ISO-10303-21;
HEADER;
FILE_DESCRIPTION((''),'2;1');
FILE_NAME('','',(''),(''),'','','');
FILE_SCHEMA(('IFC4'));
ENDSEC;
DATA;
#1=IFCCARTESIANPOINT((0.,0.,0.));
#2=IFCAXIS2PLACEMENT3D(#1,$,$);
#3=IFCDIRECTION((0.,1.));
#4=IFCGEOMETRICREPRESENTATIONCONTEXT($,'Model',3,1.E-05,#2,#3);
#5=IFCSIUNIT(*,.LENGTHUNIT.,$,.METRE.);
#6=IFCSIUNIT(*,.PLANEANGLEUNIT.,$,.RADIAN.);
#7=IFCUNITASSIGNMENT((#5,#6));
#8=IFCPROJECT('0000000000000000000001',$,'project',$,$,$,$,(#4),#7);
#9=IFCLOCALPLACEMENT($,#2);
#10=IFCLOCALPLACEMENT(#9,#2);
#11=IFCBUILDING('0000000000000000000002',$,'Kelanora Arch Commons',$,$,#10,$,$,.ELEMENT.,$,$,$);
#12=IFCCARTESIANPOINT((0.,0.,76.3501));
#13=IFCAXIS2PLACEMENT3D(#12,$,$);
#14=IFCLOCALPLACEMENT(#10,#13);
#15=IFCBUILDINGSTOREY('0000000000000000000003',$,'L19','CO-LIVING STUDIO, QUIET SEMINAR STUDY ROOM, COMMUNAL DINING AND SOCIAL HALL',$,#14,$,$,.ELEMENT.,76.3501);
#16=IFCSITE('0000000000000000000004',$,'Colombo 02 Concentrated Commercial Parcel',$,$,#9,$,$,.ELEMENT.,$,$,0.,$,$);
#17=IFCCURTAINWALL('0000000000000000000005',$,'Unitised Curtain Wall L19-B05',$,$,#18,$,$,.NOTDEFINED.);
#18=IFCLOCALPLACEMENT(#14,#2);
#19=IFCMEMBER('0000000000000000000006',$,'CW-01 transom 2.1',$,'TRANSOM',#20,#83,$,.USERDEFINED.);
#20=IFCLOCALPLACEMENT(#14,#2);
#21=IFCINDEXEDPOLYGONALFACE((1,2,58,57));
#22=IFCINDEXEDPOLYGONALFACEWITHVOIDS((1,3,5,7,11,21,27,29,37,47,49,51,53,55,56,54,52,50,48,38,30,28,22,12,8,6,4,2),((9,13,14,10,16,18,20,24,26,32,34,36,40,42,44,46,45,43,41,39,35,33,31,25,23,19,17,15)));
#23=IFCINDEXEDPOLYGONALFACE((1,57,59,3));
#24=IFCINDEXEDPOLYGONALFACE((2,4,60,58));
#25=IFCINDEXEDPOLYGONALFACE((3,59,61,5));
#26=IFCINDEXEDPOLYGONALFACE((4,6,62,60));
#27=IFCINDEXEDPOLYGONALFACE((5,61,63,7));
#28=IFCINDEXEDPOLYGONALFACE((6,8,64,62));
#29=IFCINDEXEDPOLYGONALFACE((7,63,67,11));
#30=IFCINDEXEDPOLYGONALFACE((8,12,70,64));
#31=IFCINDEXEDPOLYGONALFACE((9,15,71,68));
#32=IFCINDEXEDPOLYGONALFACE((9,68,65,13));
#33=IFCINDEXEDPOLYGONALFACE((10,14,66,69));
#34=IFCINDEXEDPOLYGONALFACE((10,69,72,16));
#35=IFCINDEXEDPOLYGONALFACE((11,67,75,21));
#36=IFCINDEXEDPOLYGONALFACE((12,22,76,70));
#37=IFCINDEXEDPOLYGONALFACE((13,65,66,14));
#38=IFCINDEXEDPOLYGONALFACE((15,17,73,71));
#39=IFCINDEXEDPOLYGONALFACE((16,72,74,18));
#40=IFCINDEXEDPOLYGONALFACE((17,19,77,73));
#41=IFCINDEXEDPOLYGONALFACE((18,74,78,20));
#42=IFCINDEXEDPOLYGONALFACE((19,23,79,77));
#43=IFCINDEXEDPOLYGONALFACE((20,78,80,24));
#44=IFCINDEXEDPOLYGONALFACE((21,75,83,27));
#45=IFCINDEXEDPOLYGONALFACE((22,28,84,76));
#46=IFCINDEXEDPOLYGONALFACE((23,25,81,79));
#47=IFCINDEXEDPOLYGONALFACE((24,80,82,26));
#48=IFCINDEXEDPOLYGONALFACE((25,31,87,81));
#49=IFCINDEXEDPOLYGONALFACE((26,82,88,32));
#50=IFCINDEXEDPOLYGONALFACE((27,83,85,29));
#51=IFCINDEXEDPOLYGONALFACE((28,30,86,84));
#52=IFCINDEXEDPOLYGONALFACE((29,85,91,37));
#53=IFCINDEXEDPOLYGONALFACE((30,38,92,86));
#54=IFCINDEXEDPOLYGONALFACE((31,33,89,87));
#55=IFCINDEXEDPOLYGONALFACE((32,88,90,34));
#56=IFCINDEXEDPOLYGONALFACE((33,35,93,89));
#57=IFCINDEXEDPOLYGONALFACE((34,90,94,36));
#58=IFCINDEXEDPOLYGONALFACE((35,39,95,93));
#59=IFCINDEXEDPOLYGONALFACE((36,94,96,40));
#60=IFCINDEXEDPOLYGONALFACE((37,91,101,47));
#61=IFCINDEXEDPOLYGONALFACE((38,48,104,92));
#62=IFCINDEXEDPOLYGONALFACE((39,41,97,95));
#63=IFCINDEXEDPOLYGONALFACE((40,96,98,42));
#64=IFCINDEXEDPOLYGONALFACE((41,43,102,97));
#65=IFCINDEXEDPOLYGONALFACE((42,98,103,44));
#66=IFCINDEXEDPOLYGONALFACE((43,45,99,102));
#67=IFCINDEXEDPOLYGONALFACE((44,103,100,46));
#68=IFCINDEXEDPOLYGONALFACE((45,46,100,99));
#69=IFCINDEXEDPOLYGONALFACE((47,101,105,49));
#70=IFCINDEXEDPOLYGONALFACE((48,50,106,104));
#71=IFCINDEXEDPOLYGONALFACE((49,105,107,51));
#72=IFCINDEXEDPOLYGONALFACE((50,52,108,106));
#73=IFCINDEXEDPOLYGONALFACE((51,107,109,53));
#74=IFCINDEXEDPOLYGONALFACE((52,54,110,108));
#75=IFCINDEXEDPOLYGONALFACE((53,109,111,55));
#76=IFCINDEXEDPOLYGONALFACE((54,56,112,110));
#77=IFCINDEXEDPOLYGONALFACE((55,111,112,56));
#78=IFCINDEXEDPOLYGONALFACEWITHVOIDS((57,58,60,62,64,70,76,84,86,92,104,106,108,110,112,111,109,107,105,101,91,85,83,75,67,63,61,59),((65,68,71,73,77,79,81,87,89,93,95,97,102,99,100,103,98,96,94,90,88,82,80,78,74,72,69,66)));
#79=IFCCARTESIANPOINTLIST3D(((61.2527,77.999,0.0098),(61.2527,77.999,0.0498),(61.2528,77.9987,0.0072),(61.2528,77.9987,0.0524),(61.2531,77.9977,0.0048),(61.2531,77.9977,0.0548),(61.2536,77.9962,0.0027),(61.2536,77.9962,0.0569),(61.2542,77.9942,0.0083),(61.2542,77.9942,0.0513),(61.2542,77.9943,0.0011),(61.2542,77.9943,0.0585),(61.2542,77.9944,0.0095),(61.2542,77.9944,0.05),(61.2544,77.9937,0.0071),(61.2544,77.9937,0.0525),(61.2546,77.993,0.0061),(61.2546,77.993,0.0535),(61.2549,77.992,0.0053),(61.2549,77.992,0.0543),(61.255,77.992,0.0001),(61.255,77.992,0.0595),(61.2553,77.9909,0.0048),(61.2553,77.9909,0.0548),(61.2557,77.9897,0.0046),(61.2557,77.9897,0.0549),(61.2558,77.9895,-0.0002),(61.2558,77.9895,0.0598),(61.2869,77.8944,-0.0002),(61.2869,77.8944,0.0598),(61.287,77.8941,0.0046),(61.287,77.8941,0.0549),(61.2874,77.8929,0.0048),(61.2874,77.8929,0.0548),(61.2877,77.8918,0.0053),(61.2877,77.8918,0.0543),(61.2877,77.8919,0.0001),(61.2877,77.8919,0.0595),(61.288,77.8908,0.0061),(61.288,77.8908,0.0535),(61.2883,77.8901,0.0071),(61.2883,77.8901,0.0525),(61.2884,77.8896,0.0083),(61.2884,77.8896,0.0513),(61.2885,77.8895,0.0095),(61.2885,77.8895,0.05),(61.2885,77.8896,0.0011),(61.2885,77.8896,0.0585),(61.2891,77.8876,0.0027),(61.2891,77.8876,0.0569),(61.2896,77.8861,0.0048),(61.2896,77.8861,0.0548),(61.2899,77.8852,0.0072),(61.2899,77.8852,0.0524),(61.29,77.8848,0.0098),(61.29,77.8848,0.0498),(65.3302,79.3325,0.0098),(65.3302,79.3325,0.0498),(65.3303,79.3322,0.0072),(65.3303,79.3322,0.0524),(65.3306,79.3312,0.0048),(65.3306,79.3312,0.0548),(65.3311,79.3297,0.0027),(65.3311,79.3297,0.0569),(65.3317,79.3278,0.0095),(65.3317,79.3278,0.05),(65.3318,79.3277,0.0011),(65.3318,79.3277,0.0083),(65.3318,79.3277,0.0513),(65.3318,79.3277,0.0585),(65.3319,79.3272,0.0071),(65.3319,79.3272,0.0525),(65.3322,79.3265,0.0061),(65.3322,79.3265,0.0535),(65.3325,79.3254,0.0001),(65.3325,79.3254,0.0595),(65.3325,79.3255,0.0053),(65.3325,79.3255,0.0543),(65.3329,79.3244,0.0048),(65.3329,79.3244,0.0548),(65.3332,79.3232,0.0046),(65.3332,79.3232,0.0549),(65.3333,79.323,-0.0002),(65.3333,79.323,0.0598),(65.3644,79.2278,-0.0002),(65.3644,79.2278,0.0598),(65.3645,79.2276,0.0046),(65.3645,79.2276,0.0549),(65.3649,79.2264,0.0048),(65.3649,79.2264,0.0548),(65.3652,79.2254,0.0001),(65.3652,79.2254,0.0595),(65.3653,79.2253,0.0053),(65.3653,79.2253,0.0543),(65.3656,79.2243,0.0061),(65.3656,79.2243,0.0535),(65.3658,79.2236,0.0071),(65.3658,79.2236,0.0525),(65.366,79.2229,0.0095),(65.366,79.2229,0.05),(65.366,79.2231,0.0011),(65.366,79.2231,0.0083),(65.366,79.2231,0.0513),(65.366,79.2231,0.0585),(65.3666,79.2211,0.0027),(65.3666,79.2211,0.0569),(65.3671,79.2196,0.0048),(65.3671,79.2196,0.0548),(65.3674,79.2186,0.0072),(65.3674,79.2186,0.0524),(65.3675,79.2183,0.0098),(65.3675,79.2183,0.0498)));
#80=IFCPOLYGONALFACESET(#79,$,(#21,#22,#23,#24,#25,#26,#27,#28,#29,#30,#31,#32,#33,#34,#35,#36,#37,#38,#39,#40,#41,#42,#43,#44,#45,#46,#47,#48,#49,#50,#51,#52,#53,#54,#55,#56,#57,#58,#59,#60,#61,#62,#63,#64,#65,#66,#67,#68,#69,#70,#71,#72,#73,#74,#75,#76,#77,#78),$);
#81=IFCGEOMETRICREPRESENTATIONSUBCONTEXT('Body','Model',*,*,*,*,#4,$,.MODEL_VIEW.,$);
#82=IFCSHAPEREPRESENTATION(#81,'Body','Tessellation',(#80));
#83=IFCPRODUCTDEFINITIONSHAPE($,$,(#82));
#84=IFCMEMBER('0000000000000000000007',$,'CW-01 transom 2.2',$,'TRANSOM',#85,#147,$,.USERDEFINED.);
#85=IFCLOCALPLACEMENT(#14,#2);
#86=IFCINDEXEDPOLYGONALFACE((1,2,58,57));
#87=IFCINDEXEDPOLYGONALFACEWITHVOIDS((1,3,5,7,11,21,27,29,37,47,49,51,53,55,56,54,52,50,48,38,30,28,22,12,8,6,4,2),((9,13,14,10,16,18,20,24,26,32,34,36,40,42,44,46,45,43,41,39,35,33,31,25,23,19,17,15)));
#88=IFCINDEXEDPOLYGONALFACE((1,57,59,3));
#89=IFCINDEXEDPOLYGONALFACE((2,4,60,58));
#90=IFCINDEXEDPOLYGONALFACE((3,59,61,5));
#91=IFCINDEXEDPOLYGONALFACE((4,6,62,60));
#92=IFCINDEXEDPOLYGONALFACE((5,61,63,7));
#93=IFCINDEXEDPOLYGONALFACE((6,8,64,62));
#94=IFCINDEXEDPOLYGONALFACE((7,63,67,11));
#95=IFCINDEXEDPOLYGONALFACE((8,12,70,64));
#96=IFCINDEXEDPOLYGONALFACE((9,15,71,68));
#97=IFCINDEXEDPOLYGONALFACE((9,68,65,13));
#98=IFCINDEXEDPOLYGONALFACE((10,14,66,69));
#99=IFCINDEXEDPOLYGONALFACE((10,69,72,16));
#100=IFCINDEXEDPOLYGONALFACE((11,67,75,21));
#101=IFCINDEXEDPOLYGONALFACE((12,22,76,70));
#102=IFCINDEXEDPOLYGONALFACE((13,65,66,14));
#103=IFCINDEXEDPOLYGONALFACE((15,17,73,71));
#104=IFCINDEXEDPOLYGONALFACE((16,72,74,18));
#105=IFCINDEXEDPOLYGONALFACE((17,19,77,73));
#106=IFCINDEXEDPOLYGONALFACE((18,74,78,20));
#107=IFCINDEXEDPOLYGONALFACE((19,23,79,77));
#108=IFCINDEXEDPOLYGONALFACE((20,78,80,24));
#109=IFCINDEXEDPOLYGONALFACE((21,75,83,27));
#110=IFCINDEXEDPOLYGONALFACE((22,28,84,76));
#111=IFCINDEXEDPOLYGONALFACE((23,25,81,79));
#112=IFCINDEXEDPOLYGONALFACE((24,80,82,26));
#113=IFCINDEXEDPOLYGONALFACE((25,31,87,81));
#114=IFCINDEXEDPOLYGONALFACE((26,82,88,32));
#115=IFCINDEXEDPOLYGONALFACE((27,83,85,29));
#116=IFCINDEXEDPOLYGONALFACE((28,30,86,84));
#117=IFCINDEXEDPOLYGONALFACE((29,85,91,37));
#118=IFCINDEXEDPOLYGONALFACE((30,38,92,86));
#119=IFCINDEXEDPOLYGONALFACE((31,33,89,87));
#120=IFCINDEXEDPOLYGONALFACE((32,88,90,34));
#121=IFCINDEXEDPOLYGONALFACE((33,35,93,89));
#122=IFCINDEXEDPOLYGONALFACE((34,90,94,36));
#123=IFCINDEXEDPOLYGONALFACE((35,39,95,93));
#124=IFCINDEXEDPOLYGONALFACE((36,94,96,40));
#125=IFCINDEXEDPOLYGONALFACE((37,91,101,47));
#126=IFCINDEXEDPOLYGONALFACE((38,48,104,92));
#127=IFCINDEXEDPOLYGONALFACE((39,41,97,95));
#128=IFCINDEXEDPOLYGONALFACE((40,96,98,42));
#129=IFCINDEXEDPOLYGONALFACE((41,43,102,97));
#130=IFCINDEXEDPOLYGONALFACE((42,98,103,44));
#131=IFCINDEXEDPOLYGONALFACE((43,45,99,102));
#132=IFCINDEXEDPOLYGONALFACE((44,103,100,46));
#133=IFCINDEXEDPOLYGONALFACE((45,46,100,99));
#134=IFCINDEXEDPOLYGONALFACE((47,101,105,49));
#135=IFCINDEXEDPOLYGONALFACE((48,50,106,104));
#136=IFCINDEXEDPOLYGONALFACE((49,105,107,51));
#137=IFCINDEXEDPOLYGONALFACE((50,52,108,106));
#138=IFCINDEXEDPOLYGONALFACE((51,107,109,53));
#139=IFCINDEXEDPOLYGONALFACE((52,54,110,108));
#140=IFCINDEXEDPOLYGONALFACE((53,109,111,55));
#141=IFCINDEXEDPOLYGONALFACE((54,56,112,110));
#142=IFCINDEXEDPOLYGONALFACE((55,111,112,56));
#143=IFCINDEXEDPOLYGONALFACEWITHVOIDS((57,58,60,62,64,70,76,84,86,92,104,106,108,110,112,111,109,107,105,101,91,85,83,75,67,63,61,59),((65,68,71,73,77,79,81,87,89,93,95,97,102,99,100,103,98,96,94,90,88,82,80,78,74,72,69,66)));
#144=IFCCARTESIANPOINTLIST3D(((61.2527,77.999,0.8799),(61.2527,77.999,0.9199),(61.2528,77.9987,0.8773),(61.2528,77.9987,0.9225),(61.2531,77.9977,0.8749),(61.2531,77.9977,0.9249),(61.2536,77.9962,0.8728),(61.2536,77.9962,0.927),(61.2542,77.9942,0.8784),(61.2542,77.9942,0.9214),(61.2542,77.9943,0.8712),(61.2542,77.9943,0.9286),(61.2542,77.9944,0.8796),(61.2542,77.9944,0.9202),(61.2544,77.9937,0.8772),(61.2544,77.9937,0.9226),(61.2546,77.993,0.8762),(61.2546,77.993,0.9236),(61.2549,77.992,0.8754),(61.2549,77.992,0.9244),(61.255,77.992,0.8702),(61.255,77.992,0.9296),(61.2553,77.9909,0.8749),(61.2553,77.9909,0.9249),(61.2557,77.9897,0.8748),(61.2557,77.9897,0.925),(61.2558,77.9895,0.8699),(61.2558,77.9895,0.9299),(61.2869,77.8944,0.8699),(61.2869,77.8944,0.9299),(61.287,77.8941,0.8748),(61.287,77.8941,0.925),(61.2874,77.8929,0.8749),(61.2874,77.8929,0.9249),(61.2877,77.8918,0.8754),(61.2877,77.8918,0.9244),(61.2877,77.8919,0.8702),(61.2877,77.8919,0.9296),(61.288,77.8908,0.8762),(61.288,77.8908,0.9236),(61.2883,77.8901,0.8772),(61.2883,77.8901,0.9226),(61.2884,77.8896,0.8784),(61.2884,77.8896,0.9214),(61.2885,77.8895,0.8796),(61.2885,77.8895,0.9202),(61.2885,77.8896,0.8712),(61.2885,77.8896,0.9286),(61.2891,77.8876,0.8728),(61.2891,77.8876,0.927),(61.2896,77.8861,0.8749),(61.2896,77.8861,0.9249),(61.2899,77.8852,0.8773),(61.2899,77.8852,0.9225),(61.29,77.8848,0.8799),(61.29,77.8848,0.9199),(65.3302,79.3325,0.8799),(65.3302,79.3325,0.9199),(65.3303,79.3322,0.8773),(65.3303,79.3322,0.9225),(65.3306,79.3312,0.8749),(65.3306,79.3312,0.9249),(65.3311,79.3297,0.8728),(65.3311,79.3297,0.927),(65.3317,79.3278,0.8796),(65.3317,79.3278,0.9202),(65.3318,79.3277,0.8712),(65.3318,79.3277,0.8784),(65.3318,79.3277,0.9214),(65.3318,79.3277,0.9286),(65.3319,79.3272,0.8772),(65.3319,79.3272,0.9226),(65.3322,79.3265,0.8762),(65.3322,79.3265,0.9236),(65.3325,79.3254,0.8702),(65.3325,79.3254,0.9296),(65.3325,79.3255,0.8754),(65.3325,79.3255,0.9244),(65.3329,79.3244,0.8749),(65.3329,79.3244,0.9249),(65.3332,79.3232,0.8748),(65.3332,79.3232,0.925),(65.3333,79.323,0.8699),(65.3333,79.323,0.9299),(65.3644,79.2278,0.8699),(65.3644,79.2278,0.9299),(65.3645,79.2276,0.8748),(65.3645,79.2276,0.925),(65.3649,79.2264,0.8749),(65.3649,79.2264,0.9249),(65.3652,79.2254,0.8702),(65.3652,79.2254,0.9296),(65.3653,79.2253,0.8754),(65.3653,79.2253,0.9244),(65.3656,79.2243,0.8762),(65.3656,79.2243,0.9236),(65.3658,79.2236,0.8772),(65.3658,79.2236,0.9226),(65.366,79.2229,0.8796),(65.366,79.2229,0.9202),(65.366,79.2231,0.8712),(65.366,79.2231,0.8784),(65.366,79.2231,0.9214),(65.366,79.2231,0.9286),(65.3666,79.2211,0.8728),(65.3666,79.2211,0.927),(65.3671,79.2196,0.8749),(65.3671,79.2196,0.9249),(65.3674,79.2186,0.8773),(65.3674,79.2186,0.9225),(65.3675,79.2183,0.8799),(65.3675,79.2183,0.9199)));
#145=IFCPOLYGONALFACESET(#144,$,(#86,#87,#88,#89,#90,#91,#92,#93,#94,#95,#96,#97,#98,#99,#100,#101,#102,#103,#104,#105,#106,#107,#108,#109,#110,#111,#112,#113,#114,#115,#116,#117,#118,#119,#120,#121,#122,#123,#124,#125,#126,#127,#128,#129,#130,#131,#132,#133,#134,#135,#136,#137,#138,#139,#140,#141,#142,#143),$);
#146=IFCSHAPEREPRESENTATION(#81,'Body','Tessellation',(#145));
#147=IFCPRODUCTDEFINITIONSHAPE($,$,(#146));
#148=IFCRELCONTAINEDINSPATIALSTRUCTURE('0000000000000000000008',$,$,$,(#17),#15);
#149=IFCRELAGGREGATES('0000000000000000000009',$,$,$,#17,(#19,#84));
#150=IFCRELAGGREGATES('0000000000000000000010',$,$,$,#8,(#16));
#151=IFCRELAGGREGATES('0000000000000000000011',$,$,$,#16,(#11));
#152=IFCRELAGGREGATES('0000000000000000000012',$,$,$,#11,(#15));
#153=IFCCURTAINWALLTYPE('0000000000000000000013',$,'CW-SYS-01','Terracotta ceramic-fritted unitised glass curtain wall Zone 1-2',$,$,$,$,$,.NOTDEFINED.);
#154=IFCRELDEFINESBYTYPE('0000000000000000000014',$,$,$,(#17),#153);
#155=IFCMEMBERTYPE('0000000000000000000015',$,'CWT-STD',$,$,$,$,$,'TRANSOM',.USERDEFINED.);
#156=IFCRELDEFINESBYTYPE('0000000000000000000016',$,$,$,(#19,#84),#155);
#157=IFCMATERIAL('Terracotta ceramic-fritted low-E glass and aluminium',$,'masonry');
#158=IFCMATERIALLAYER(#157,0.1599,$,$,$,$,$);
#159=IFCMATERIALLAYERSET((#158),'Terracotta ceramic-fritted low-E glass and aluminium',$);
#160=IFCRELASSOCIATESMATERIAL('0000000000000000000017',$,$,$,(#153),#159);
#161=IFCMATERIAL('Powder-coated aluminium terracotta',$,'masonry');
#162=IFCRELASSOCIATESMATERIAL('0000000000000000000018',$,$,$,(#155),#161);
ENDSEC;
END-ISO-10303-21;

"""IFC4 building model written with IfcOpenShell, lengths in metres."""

from ifc_helpers import new_model, si_unit, direction, frame, origin, origin_2d, place, context, subcontext, project, spatial, hollow_rectangle, extrude, material, layer, layer_set, material_profile, profile_set, type_object, element, aggregate, save


model = new_model("IFC4")

# Units and contexts
model_context = context("Model", 3, precision=1e-05, world=origin(), true_north=direction((0.0, 1.0)))
body_context = subcontext(model_context, "Body", "Model", "MODEL_VIEW")
ifc_project = project(units=[si_unit("LENGTHUNIT", "METRE"), si_unit("PLANEANGLEUNIT", "RADIAN")], contexts=[model_context])

# Site, building, storey
site_placement = place(None, origin())
site = spatial("IfcSite", under=ifc_project, at=site_placement, Name="Colombo 02 Concentrated Commercial Parcel", CompositionType="ELEMENT", RefElevation=0.0)
building_placement = place(site_placement, origin())
building = spatial("IfcBuilding", under=site, at=building_placement, Name="Kelanora Arch Commons", CompositionType="ELEMENT")
storey_placement = place(building_placement, frame((0.0, 0.0, 76.3501)))
storey = spatial("IfcBuildingStorey", under=building, at=storey_placement, Name="L19", Description="CO-LIVING STUDIO, QUIET SEMINAR STUDY ROOM, COMMUNAL DINING AND SOCIAL HALL", CompositionType="ELEMENT", Elevation=76.3501)

# Curtain wall, members
ifc_material_1 = material(Name="Terracotta ceramic-fritted low-E glass and aluminium", Category="masonry")
ifc_layer_1 = layer(ifc_material_1, 0.1599)
ifc_layer_set_1 = layer_set([ifc_layer_1], Name="Terracotta ceramic-fritted low-E glass and aluminium")
curtain_wall_type = type_object("IfcCurtainWallType", Name="CW-SYS-01", Description="Terracotta ceramic-fritted unitised glass curtain wall Zone 1-2", PredefinedType="NOTDEFINED", material=ifc_layer_set_1)
curtain_wall_placement = place(storey_placement, origin())
curtain_wall = element("IfcCurtainWall", 1, at=curtain_wall_placement, inside=storey, type_object=curtain_wall_type, Name="Unitised Curtain Wall L19-B05", PredefinedType="NOTDEFINED")
ifc_material_2 = material(Name="Powder-coated aluminium terracotta", Category="masonry")
ifc_material_profile_1 = material_profile(ifc_material_2, hollow_rectangle(XDim=0.1201, YDim=0.0601, WallThickness=0.0049, InnerFilletRadius=0.0049, OuterFilletRadius=0.01, at=origin_2d()), Name="CWT120x60")
ifc_profile_set_1 = profile_set([ifc_material_profile_1], Name="Powder-coated aluminium terracotta")
member_type_1 = type_object("IfcMemberType", Name="CWT-STD", ElementType="TRANSOM", PredefinedType="USERDEFINED", material=ifc_profile_set_1)
member_1_placement = place(storey_placement, frame((65.3489, 79.2754, 0.0298), z_axis=(-0.950466, -0.310828, 0.0), x_axis=(0.310828, -0.950466, 0.0)))
member_1 = element("IfcMember", 2, at=member_1_placement, type_object=member_type_1, Name="CW-01 transom 2.1", ObjectType="TRANSOM", PredefinedType="USERDEFINED", context=body_context, shape_type="SweptSolid", body=[
    extrude(hollow_rectangle(XDim=0.1201, YDim=0.0601, WallThickness=0.0049, InnerFilletRadius=0.0049, OuterFilletRadius=0.01, at=origin_2d()), origin(), (0.0, 0.0, 1.0), 4.29),
])
member_2_placement = place(storey_placement, frame((65.3489, 79.2754, 0.8999), z_axis=(-0.950466, -0.310828, 0.0), x_axis=(0.310828, -0.950466, 0.0)))
member_2 = element("IfcMember", 3, at=member_2_placement, type_object=member_type_1, Name="CW-01 transom 2.2", ObjectType="TRANSOM", PredefinedType="USERDEFINED", context=body_context, shape_type="SweptSolid", body=[
    extrude(hollow_rectangle(XDim=0.1201, YDim=0.0601, WallThickness=0.0049, InnerFilletRadius=0.0049, OuterFilletRadius=0.01, at=origin_2d()), origin(), (0.0, 0.0, 1.0), 4.29),
])
aggregate(curtain_wall, [member_1, member_2])

save(model, "model.ifc")
